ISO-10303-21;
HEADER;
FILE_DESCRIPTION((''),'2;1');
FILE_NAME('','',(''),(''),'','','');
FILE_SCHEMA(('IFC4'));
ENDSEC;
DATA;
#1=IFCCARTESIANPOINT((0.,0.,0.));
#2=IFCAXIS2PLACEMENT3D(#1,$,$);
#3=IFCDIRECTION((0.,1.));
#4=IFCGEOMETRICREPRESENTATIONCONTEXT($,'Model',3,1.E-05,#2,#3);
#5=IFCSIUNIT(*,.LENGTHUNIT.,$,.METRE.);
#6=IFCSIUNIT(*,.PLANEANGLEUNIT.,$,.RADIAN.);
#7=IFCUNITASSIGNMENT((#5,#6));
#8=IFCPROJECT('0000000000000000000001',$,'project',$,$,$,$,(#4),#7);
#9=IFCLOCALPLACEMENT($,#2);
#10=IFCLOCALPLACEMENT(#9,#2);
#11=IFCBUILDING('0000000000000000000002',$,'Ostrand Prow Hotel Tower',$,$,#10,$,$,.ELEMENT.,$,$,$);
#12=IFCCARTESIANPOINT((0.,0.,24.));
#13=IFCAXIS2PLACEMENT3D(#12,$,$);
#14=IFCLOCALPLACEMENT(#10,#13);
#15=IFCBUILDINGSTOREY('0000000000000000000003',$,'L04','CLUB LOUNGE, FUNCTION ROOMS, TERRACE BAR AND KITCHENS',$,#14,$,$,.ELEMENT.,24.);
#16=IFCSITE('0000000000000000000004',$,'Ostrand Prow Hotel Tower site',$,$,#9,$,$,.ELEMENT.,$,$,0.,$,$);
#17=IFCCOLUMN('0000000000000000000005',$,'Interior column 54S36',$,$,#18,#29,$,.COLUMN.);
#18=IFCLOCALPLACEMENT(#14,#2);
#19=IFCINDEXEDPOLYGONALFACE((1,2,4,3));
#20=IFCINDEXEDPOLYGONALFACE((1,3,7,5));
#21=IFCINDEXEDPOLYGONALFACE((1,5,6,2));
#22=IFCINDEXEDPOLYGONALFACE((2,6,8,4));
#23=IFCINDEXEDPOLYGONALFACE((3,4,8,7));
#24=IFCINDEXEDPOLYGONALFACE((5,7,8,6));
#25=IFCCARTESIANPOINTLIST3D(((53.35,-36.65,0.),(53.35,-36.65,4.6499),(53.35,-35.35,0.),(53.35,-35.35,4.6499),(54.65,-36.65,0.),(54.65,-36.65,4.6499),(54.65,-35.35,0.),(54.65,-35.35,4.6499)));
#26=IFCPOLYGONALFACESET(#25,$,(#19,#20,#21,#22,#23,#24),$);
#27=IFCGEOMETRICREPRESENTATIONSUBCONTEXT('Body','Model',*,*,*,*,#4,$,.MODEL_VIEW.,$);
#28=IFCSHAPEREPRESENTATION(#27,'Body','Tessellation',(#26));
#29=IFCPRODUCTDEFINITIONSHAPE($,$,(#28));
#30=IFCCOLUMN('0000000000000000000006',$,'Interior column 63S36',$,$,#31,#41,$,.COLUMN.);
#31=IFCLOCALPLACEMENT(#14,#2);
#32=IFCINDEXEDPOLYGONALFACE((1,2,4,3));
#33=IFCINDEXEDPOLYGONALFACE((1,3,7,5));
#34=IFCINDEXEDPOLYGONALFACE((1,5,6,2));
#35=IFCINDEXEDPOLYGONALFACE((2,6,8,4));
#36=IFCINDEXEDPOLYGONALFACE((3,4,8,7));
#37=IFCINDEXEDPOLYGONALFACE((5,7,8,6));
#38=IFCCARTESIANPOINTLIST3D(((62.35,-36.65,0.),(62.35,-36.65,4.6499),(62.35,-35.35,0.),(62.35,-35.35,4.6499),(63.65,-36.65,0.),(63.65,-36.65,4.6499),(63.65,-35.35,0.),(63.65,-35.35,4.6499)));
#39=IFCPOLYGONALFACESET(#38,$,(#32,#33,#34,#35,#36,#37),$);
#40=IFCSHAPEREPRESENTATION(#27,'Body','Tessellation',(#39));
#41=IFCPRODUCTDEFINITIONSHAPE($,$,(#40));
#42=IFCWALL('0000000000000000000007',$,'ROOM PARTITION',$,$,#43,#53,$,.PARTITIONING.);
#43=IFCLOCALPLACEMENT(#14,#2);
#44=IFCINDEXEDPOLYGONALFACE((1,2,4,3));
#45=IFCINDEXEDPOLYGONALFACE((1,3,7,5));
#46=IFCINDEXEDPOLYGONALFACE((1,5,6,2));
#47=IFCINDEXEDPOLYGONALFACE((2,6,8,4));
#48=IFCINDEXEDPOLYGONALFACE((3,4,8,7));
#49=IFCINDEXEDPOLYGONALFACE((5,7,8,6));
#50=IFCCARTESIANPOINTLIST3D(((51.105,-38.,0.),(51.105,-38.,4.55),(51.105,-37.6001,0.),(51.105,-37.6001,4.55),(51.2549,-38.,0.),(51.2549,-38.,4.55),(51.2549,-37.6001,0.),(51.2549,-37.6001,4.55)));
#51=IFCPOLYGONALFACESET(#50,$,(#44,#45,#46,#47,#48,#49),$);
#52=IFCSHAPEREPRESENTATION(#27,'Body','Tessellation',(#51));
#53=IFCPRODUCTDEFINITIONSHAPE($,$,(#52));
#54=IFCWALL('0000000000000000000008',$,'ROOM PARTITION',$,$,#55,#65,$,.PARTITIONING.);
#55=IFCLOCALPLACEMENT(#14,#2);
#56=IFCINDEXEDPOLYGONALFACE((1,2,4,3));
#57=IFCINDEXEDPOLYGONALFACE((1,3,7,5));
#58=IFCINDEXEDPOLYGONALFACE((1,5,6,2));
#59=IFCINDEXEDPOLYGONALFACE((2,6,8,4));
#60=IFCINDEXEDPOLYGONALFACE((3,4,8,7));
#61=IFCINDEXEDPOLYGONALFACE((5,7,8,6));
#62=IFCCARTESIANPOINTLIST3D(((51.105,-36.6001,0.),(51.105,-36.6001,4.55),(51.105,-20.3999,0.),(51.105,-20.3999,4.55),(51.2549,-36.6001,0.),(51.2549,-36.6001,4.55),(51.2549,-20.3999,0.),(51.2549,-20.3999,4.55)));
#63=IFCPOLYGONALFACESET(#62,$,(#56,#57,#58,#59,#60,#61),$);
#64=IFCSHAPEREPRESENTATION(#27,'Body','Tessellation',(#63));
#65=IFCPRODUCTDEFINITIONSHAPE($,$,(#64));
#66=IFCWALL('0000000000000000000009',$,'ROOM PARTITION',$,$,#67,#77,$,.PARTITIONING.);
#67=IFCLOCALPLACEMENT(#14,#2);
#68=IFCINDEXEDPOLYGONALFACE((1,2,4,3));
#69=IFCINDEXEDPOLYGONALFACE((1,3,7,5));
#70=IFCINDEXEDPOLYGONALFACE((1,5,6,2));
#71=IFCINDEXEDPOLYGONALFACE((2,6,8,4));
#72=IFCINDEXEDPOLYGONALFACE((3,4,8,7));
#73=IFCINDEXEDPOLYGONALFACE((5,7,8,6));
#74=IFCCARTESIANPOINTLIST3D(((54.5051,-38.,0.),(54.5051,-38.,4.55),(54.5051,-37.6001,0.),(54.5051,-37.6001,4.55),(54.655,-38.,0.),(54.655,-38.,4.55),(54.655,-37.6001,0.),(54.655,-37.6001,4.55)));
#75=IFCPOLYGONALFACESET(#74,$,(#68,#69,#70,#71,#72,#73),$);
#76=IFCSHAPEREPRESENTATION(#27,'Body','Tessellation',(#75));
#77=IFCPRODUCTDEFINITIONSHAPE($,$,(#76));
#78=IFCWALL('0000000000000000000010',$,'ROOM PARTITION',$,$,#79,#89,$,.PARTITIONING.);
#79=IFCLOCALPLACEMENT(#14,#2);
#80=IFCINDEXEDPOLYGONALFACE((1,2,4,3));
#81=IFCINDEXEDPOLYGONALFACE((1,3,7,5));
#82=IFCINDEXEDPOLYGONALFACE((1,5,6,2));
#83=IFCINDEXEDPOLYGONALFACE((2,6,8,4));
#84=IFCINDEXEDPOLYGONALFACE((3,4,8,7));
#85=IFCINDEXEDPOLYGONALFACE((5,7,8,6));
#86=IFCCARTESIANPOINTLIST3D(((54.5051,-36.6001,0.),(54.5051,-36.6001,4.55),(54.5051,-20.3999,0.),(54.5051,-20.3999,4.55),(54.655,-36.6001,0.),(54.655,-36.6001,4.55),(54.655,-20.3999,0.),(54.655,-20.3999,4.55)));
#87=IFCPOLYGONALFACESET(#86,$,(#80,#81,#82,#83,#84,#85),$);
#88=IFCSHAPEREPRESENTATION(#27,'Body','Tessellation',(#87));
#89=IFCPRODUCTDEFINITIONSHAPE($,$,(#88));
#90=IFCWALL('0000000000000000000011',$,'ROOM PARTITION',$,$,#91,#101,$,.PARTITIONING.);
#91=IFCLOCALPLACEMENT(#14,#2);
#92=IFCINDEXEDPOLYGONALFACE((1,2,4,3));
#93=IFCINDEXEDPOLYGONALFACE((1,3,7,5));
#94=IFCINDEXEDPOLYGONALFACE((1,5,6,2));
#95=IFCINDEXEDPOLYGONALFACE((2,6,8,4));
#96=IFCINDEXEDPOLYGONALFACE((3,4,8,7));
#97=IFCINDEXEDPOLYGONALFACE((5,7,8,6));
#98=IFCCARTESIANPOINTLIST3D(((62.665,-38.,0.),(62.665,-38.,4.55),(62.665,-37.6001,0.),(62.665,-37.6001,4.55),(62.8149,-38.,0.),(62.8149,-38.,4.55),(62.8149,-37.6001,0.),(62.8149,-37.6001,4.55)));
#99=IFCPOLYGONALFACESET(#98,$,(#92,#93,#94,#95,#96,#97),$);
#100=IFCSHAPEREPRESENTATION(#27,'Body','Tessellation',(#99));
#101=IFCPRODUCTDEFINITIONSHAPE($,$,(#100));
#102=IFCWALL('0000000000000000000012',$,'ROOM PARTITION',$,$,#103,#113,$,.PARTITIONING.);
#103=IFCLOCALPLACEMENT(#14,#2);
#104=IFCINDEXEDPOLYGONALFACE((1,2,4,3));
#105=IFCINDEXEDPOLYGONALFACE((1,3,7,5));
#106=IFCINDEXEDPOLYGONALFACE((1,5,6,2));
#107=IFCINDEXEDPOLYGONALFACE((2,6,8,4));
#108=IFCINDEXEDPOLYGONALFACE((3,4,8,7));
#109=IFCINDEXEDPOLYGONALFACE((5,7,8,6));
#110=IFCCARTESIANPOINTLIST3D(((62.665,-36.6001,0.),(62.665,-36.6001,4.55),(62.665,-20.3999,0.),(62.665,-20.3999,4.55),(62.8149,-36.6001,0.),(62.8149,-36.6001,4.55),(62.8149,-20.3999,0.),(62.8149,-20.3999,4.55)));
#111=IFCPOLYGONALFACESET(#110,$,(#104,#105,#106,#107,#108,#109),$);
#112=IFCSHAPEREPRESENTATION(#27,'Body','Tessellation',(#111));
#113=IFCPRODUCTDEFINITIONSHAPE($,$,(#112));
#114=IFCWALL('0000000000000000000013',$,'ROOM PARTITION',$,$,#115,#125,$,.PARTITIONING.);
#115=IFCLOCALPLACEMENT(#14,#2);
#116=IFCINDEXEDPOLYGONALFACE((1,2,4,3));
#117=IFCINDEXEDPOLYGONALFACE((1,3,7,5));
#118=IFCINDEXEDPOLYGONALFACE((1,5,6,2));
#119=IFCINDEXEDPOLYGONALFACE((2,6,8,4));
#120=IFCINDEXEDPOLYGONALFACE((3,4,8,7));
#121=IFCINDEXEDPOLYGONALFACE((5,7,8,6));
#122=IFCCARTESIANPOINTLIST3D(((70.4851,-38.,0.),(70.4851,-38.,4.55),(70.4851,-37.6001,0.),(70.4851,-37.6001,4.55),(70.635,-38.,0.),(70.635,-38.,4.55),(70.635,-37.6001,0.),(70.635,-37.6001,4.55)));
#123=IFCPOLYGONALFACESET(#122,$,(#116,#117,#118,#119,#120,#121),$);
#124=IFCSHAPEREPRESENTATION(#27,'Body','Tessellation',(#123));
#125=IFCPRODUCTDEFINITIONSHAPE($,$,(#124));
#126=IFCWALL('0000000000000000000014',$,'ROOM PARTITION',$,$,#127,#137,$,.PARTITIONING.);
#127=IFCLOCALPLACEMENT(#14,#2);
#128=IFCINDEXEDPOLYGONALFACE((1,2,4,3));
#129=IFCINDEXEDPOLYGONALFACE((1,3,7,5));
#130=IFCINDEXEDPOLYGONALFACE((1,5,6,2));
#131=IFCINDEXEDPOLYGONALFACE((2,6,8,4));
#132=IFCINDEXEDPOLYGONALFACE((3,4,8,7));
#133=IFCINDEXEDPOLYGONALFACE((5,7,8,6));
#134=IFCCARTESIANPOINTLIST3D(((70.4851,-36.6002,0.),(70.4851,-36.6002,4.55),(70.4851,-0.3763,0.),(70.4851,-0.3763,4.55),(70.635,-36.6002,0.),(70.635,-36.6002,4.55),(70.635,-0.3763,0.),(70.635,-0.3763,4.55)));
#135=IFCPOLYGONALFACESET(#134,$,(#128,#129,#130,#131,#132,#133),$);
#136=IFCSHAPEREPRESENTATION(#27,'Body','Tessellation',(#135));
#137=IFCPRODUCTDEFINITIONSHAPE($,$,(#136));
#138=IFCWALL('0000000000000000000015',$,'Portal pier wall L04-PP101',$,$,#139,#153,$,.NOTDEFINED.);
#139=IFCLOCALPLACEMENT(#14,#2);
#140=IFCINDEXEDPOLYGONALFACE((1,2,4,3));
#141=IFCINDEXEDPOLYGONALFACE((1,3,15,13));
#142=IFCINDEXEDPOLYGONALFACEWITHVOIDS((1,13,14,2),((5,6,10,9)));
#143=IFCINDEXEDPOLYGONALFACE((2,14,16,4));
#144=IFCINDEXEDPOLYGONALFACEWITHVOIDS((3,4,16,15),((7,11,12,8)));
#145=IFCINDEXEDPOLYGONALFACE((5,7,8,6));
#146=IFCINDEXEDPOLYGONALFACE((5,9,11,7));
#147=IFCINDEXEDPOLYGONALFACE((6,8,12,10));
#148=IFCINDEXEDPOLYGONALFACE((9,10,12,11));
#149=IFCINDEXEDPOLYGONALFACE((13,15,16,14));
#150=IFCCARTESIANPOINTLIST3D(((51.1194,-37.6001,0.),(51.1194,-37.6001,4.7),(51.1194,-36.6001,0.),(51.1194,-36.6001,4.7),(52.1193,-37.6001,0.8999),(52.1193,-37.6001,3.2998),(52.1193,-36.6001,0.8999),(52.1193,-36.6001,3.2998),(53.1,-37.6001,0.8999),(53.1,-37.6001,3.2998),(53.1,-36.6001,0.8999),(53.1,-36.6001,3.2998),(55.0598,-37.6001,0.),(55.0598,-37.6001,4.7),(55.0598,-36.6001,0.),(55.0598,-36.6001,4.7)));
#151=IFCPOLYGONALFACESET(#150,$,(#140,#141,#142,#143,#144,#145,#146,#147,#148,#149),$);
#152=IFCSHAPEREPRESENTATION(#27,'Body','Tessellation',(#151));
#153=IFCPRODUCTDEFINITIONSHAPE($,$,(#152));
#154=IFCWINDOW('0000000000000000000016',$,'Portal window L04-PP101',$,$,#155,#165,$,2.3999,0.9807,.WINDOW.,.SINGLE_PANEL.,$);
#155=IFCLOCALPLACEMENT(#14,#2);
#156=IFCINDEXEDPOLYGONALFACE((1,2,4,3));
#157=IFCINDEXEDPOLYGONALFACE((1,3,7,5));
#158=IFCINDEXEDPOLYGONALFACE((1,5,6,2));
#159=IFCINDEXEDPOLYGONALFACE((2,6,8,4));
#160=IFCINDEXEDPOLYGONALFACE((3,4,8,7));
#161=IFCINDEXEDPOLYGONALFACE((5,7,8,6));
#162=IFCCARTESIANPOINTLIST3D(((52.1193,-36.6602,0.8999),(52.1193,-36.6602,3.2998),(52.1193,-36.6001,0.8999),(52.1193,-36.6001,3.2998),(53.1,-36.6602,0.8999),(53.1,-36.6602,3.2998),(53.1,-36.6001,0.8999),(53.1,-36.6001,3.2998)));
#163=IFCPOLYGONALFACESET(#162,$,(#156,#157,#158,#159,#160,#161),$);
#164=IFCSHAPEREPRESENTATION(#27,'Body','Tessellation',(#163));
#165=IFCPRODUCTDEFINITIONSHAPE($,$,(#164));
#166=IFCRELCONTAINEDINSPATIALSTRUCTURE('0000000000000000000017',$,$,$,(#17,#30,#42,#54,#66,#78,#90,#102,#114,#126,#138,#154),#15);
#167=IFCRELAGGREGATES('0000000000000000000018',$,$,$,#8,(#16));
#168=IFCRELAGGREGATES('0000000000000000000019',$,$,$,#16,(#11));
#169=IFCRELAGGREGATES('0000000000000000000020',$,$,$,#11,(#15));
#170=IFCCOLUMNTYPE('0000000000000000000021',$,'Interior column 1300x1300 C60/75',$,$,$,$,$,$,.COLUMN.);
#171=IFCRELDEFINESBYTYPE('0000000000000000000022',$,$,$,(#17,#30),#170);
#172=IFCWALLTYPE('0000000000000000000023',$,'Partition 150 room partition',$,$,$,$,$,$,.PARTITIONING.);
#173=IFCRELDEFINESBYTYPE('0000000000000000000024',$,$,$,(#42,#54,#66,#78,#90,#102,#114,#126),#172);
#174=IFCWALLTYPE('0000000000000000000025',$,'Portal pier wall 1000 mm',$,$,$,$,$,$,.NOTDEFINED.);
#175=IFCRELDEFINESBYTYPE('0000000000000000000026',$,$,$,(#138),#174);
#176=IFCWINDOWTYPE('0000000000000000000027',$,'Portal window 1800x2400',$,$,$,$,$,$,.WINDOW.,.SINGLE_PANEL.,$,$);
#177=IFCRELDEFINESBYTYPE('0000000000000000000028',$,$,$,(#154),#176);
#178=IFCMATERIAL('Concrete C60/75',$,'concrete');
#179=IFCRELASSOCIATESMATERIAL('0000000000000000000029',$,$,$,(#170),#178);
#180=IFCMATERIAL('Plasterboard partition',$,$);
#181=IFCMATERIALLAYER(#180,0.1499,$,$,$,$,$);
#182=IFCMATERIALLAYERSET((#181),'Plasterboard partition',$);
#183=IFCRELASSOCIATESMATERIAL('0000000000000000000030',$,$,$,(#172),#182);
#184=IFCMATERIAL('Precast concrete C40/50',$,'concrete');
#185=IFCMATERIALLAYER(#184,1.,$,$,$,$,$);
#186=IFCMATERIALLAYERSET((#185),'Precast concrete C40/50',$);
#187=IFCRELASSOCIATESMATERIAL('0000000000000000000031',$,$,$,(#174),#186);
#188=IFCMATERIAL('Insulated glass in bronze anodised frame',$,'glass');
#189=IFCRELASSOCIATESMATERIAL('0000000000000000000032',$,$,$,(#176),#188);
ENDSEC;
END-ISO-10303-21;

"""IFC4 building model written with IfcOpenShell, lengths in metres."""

from ifc_helpers import new_model, si_unit, direction, frame, frame_2d, origin, origin_2d, place, context, subcontext, project, spatial, polyline, rectangle, outline, extrude, material, layer, layer_set, material_profile, profile_set, type_object, element, fill, save


model = new_model("IFC4")

# Units and contexts
model_context = context("Model", 3, precision=1e-05, world=origin(), true_north=direction((0.0, 1.0)))
body_context = subcontext(model_context, "Body", "Model", "MODEL_VIEW")
ifc_project = project(units=[si_unit("LENGTHUNIT", "METRE"), si_unit("PLANEANGLEUNIT", "RADIAN")], contexts=[model_context])

# Site, building, storey
site_placement = place(None, origin())
site = spatial("IfcSite", under=ifc_project, at=site_placement, Name="Ostrand Prow Hotel Tower site", CompositionType="ELEMENT", RefElevation=0.0)
building_placement = place(site_placement, origin())
building = spatial("IfcBuilding", under=site, at=building_placement, Name="Ostrand Prow Hotel Tower", CompositionType="ELEMENT")
storey_placement = place(building_placement, frame((0.0, 0.0, 24.0)))
storey = spatial("IfcBuildingStorey", under=building, at=storey_placement, Name="L04", Description="CLUB LOUNGE, FUNCTION ROOMS, TERRACE BAR AND KITCHENS", CompositionType="ELEMENT", Elevation=24.0)

# Columns
ifc_material_1 = material(Name="Concrete C60/75", Category="concrete")
ifc_material_profile = material_profile(ifc_material_1, rectangle(XDim=1.3, YDim=1.3, at=origin_2d()), Name="RC 1300x1300")
ifc_profile_set = profile_set([ifc_material_profile], Name="Concrete C60/75")
column_type = type_object("IfcColumnType", Name="Interior column 1300x1300 C60/75", PredefinedType="COLUMN", material=ifc_profile_set)
for number, where, z_axis, x_axis, name in (
    (1, (54.0, -36.0, 0.0), (0.0, 0.0, 1.0), (1.0, 0.0, 0.0), "Interior column 54S36"),
    (2, (63.0, -36.0, 0.0), (0.0, 0.0, 1.0), (1.0, 0.0, 0.0), "Interior column 63S36"),
):
    element("IfcColumn", number, at=place(storey_placement, frame(where, z_axis=z_axis, x_axis=x_axis)), inside=storey, type_object=column_type, Name=name, PredefinedType="COLUMN", context=body_context, shape_type="SweptSolid", body=[
        extrude(rectangle(XDim=1.3, YDim=1.3, at=origin_2d()), origin(), (0.0, 0.0, 1.0), 4.6499),
    ])

# Walls
ifc_material_2 = material(Name="Plasterboard partition")
ifc_layer_1 = layer(ifc_material_2, 0.1499)
ifc_layer_set_1 = layer_set([ifc_layer_1], Name="Plasterboard partition")
wall_type_1 = type_object("IfcWallType", Name="Partition 150 room partition", PredefinedType="PARTITIONING", material=ifc_layer_set_1)
wall_1_placement = place(storey_placement, frame((51.1799, -38.0, 0.0), z_axis=(0.0, 0.0, 1.0), x_axis=(0.0, 1.0, 0.0)))
element("IfcWall", 3, at=wall_1_placement, inside=storey, type_object=wall_type_1, Name="ROOM PARTITION", PredefinedType="PARTITIONING", context=body_context, shape_type="SweptSolid", body=[
    extrude(rectangle(XDim=0.3999, YDim=0.1499, at=frame_2d((0.2, 0.0))), origin(), (0.0, 0.0, 1.0), 4.55),
])
wall_2_placement = place(storey_placement, frame((51.1799, -36.6001, 0.0), z_axis=(0.0, 0.0, 1.0), x_axis=(0.0, 1.0, 0.0)))
element("IfcWall", 4, at=wall_2_placement, inside=storey, type_object=wall_type_1, Name="ROOM PARTITION", PredefinedType="PARTITIONING", context=body_context, shape_type="SweptSolid", body=[
    extrude(rectangle(XDim=16.2002, YDim=0.1499, at=frame_2d((8.1001, 0.0))), origin(), (0.0, 0.0, 1.0), 4.55),
])
wall_3_placement = place(storey_placement, frame((54.5801, -38.0, 0.0), z_axis=(0.0, 0.0, 1.0), x_axis=(0.0, 1.0, 0.0)))
element("IfcWall", 5, at=wall_3_placement, inside=storey, type_object=wall_type_1, Name="ROOM PARTITION", PredefinedType="PARTITIONING", context=body_context, shape_type="SweptSolid", body=[
    extrude(rectangle(XDim=0.3999, YDim=0.1499, at=frame_2d((0.2, 0.0))), origin(), (0.0, 0.0, 1.0), 4.55),
])
wall_4_placement = place(storey_placement, frame((54.5801, -36.6001, 0.0), z_axis=(0.0, 0.0, 1.0), x_axis=(0.0, 1.0, 0.0)))
element("IfcWall", 6, at=wall_4_placement, inside=storey, type_object=wall_type_1, Name="ROOM PARTITION", PredefinedType="PARTITIONING", context=body_context, shape_type="SweptSolid", body=[
    extrude(rectangle(XDim=16.2002, YDim=0.1499, at=frame_2d((8.1001, 0.0))), origin(), (0.0, 0.0, 1.0), 4.55),
])
wall_5_placement = place(storey_placement, frame((62.74, -38.0, 0.0), z_axis=(0.0, 0.0, 1.0), x_axis=(0.0, 1.0, 0.0)))
element("IfcWall", 7, at=wall_5_placement, inside=storey, type_object=wall_type_1, Name="ROOM PARTITION", PredefinedType="PARTITIONING", context=body_context, shape_type="SweptSolid", body=[
    extrude(rectangle(XDim=0.3999, YDim=0.1499, at=frame_2d((0.2, 0.0))), origin(), (0.0, 0.0, 1.0), 4.55),
])
wall_6_placement = place(storey_placement, frame((62.74, -36.6001, 0.0), z_axis=(0.0, 0.0, 1.0), x_axis=(0.0, 1.0, 0.0)))
element("IfcWall", 8, at=wall_6_placement, inside=storey, type_object=wall_type_1, Name="ROOM PARTITION", PredefinedType="PARTITIONING", context=body_context, shape_type="SweptSolid", body=[
    extrude(rectangle(XDim=16.2002, YDim=0.1499, at=frame_2d((8.1001, 0.0))), origin(), (0.0, 0.0, 1.0), 4.55),
])
wall_7_placement = place(storey_placement, frame((70.5601, -38.0, 0.0), z_axis=(0.0, 0.0, 1.0), x_axis=(0.0, 1.0, 0.0)))
element("IfcWall", 9, at=wall_7_placement, inside=storey, type_object=wall_type_1, Name="ROOM PARTITION", PredefinedType="PARTITIONING", context=body_context, shape_type="SweptSolid", body=[
    extrude(rectangle(XDim=0.3999, YDim=0.1499, at=frame_2d((0.2, 0.0))), origin(), (0.0, 0.0, 1.0), 4.55),
])
wall_8_placement = place(storey_placement, frame((70.5601, -36.6001, 0.0), z_axis=(0.0, 0.0, 1.0), x_axis=(0.0, 1.0, 0.0)))
element("IfcWall", 10, at=wall_8_placement, inside=storey, type_object=wall_type_1, Name="ROOM PARTITION", PredefinedType="PARTITIONING", context=body_context, shape_type="SweptSolid", body=[
    extrude(rectangle(XDim=36.2239, YDim=0.1499, at=frame_2d((18.1118, 0.0))), origin(), (0.0, 0.0, 1.0), 4.55),
])

# Wall, opening, window
ifc_material_3 = material(Name="Precast concrete C40/50", Category="concrete")
ifc_layer_2 = layer(ifc_material_3, 1.0)
ifc_layer_set_2 = layer_set([ifc_layer_2], Name="Precast concrete C40/50")
wall_type_2 = type_object("IfcWallType", Name="Portal pier wall 1000 mm", PredefinedType="NOTDEFINED", material=ifc_layer_set_2)
wall_9_placement = place(storey_placement, frame((51.1194, -37.1001, 0.0), z_axis=(0.0, 0.0, 1.0), x_axis=(1.0, 0.0, 0.0)))
wall_9 = element("IfcWall", 11, at=wall_9_placement, inside=storey, type_object=wall_type_2, Name="Portal pier wall L04-PP101", PredefinedType="NOTDEFINED", context=body_context, shape_type="SweptSolid", body=[
    extrude(outline(polyline([(0.0, -0.5), (3.9404, -0.5), (3.9404, 0.5), (0.0, 0.5), (0.0, -0.5)])), origin(), (0.0, 0.0, 1.0), 4.7),
])
opening_1_placement = place(wall_9_placement, frame((1.0, 0.0, 0.8999)))
opening_1 = element("IfcOpeningElement", 12, at=opening_1_placement, cuts=wall_9, PredefinedType="OPENING", context=body_context, shape_type="SweptSolid", body=[
    extrude(rectangle(XDim=0.9807, YDim=2.3999, at=frame_2d((0.4902, 1.2))), frame((0.0, 0.51, 0.0), z_axis=(0.0, -1.0, 0.0), x_axis=(1.0, 0.0, 0.0)), (0.0, 0.0, 1.0), 1.02),
])
ifc_material_4 = material(Name="Insulated glass in bronze anodised frame", Category="glass")
window_type = type_object("IfcWindowType", Name="Portal window 1800x2400", PartitioningType="SINGLE_PANEL", PredefinedType="WINDOW", material=ifc_material_4)
window_1_placement = place(opening_1_placement, origin())
window_1 = element("IfcWindow", 13, at=window_1_placement, inside=storey, type_object=window_type, Name="Portal window L04-PP101", OverallHeight=2.3999, OverallWidth=0.9807, PartitioningType="SINGLE_PANEL", PredefinedType="WINDOW", context=body_context, shape_type="SweptSolid", body=[
    extrude(rectangle(XDim=0.9807, YDim=2.3999, at=frame_2d((0.4902, 1.2))), frame((0.0, 0.5, 0.0), z_axis=(0.0, -1.0, 0.0), x_axis=(1.0, 0.0, 0.0)), (0.0, 0.0, 1.0), 0.0601),
])
fill(opening_1, window_1)

save(model, "model.ifc")
